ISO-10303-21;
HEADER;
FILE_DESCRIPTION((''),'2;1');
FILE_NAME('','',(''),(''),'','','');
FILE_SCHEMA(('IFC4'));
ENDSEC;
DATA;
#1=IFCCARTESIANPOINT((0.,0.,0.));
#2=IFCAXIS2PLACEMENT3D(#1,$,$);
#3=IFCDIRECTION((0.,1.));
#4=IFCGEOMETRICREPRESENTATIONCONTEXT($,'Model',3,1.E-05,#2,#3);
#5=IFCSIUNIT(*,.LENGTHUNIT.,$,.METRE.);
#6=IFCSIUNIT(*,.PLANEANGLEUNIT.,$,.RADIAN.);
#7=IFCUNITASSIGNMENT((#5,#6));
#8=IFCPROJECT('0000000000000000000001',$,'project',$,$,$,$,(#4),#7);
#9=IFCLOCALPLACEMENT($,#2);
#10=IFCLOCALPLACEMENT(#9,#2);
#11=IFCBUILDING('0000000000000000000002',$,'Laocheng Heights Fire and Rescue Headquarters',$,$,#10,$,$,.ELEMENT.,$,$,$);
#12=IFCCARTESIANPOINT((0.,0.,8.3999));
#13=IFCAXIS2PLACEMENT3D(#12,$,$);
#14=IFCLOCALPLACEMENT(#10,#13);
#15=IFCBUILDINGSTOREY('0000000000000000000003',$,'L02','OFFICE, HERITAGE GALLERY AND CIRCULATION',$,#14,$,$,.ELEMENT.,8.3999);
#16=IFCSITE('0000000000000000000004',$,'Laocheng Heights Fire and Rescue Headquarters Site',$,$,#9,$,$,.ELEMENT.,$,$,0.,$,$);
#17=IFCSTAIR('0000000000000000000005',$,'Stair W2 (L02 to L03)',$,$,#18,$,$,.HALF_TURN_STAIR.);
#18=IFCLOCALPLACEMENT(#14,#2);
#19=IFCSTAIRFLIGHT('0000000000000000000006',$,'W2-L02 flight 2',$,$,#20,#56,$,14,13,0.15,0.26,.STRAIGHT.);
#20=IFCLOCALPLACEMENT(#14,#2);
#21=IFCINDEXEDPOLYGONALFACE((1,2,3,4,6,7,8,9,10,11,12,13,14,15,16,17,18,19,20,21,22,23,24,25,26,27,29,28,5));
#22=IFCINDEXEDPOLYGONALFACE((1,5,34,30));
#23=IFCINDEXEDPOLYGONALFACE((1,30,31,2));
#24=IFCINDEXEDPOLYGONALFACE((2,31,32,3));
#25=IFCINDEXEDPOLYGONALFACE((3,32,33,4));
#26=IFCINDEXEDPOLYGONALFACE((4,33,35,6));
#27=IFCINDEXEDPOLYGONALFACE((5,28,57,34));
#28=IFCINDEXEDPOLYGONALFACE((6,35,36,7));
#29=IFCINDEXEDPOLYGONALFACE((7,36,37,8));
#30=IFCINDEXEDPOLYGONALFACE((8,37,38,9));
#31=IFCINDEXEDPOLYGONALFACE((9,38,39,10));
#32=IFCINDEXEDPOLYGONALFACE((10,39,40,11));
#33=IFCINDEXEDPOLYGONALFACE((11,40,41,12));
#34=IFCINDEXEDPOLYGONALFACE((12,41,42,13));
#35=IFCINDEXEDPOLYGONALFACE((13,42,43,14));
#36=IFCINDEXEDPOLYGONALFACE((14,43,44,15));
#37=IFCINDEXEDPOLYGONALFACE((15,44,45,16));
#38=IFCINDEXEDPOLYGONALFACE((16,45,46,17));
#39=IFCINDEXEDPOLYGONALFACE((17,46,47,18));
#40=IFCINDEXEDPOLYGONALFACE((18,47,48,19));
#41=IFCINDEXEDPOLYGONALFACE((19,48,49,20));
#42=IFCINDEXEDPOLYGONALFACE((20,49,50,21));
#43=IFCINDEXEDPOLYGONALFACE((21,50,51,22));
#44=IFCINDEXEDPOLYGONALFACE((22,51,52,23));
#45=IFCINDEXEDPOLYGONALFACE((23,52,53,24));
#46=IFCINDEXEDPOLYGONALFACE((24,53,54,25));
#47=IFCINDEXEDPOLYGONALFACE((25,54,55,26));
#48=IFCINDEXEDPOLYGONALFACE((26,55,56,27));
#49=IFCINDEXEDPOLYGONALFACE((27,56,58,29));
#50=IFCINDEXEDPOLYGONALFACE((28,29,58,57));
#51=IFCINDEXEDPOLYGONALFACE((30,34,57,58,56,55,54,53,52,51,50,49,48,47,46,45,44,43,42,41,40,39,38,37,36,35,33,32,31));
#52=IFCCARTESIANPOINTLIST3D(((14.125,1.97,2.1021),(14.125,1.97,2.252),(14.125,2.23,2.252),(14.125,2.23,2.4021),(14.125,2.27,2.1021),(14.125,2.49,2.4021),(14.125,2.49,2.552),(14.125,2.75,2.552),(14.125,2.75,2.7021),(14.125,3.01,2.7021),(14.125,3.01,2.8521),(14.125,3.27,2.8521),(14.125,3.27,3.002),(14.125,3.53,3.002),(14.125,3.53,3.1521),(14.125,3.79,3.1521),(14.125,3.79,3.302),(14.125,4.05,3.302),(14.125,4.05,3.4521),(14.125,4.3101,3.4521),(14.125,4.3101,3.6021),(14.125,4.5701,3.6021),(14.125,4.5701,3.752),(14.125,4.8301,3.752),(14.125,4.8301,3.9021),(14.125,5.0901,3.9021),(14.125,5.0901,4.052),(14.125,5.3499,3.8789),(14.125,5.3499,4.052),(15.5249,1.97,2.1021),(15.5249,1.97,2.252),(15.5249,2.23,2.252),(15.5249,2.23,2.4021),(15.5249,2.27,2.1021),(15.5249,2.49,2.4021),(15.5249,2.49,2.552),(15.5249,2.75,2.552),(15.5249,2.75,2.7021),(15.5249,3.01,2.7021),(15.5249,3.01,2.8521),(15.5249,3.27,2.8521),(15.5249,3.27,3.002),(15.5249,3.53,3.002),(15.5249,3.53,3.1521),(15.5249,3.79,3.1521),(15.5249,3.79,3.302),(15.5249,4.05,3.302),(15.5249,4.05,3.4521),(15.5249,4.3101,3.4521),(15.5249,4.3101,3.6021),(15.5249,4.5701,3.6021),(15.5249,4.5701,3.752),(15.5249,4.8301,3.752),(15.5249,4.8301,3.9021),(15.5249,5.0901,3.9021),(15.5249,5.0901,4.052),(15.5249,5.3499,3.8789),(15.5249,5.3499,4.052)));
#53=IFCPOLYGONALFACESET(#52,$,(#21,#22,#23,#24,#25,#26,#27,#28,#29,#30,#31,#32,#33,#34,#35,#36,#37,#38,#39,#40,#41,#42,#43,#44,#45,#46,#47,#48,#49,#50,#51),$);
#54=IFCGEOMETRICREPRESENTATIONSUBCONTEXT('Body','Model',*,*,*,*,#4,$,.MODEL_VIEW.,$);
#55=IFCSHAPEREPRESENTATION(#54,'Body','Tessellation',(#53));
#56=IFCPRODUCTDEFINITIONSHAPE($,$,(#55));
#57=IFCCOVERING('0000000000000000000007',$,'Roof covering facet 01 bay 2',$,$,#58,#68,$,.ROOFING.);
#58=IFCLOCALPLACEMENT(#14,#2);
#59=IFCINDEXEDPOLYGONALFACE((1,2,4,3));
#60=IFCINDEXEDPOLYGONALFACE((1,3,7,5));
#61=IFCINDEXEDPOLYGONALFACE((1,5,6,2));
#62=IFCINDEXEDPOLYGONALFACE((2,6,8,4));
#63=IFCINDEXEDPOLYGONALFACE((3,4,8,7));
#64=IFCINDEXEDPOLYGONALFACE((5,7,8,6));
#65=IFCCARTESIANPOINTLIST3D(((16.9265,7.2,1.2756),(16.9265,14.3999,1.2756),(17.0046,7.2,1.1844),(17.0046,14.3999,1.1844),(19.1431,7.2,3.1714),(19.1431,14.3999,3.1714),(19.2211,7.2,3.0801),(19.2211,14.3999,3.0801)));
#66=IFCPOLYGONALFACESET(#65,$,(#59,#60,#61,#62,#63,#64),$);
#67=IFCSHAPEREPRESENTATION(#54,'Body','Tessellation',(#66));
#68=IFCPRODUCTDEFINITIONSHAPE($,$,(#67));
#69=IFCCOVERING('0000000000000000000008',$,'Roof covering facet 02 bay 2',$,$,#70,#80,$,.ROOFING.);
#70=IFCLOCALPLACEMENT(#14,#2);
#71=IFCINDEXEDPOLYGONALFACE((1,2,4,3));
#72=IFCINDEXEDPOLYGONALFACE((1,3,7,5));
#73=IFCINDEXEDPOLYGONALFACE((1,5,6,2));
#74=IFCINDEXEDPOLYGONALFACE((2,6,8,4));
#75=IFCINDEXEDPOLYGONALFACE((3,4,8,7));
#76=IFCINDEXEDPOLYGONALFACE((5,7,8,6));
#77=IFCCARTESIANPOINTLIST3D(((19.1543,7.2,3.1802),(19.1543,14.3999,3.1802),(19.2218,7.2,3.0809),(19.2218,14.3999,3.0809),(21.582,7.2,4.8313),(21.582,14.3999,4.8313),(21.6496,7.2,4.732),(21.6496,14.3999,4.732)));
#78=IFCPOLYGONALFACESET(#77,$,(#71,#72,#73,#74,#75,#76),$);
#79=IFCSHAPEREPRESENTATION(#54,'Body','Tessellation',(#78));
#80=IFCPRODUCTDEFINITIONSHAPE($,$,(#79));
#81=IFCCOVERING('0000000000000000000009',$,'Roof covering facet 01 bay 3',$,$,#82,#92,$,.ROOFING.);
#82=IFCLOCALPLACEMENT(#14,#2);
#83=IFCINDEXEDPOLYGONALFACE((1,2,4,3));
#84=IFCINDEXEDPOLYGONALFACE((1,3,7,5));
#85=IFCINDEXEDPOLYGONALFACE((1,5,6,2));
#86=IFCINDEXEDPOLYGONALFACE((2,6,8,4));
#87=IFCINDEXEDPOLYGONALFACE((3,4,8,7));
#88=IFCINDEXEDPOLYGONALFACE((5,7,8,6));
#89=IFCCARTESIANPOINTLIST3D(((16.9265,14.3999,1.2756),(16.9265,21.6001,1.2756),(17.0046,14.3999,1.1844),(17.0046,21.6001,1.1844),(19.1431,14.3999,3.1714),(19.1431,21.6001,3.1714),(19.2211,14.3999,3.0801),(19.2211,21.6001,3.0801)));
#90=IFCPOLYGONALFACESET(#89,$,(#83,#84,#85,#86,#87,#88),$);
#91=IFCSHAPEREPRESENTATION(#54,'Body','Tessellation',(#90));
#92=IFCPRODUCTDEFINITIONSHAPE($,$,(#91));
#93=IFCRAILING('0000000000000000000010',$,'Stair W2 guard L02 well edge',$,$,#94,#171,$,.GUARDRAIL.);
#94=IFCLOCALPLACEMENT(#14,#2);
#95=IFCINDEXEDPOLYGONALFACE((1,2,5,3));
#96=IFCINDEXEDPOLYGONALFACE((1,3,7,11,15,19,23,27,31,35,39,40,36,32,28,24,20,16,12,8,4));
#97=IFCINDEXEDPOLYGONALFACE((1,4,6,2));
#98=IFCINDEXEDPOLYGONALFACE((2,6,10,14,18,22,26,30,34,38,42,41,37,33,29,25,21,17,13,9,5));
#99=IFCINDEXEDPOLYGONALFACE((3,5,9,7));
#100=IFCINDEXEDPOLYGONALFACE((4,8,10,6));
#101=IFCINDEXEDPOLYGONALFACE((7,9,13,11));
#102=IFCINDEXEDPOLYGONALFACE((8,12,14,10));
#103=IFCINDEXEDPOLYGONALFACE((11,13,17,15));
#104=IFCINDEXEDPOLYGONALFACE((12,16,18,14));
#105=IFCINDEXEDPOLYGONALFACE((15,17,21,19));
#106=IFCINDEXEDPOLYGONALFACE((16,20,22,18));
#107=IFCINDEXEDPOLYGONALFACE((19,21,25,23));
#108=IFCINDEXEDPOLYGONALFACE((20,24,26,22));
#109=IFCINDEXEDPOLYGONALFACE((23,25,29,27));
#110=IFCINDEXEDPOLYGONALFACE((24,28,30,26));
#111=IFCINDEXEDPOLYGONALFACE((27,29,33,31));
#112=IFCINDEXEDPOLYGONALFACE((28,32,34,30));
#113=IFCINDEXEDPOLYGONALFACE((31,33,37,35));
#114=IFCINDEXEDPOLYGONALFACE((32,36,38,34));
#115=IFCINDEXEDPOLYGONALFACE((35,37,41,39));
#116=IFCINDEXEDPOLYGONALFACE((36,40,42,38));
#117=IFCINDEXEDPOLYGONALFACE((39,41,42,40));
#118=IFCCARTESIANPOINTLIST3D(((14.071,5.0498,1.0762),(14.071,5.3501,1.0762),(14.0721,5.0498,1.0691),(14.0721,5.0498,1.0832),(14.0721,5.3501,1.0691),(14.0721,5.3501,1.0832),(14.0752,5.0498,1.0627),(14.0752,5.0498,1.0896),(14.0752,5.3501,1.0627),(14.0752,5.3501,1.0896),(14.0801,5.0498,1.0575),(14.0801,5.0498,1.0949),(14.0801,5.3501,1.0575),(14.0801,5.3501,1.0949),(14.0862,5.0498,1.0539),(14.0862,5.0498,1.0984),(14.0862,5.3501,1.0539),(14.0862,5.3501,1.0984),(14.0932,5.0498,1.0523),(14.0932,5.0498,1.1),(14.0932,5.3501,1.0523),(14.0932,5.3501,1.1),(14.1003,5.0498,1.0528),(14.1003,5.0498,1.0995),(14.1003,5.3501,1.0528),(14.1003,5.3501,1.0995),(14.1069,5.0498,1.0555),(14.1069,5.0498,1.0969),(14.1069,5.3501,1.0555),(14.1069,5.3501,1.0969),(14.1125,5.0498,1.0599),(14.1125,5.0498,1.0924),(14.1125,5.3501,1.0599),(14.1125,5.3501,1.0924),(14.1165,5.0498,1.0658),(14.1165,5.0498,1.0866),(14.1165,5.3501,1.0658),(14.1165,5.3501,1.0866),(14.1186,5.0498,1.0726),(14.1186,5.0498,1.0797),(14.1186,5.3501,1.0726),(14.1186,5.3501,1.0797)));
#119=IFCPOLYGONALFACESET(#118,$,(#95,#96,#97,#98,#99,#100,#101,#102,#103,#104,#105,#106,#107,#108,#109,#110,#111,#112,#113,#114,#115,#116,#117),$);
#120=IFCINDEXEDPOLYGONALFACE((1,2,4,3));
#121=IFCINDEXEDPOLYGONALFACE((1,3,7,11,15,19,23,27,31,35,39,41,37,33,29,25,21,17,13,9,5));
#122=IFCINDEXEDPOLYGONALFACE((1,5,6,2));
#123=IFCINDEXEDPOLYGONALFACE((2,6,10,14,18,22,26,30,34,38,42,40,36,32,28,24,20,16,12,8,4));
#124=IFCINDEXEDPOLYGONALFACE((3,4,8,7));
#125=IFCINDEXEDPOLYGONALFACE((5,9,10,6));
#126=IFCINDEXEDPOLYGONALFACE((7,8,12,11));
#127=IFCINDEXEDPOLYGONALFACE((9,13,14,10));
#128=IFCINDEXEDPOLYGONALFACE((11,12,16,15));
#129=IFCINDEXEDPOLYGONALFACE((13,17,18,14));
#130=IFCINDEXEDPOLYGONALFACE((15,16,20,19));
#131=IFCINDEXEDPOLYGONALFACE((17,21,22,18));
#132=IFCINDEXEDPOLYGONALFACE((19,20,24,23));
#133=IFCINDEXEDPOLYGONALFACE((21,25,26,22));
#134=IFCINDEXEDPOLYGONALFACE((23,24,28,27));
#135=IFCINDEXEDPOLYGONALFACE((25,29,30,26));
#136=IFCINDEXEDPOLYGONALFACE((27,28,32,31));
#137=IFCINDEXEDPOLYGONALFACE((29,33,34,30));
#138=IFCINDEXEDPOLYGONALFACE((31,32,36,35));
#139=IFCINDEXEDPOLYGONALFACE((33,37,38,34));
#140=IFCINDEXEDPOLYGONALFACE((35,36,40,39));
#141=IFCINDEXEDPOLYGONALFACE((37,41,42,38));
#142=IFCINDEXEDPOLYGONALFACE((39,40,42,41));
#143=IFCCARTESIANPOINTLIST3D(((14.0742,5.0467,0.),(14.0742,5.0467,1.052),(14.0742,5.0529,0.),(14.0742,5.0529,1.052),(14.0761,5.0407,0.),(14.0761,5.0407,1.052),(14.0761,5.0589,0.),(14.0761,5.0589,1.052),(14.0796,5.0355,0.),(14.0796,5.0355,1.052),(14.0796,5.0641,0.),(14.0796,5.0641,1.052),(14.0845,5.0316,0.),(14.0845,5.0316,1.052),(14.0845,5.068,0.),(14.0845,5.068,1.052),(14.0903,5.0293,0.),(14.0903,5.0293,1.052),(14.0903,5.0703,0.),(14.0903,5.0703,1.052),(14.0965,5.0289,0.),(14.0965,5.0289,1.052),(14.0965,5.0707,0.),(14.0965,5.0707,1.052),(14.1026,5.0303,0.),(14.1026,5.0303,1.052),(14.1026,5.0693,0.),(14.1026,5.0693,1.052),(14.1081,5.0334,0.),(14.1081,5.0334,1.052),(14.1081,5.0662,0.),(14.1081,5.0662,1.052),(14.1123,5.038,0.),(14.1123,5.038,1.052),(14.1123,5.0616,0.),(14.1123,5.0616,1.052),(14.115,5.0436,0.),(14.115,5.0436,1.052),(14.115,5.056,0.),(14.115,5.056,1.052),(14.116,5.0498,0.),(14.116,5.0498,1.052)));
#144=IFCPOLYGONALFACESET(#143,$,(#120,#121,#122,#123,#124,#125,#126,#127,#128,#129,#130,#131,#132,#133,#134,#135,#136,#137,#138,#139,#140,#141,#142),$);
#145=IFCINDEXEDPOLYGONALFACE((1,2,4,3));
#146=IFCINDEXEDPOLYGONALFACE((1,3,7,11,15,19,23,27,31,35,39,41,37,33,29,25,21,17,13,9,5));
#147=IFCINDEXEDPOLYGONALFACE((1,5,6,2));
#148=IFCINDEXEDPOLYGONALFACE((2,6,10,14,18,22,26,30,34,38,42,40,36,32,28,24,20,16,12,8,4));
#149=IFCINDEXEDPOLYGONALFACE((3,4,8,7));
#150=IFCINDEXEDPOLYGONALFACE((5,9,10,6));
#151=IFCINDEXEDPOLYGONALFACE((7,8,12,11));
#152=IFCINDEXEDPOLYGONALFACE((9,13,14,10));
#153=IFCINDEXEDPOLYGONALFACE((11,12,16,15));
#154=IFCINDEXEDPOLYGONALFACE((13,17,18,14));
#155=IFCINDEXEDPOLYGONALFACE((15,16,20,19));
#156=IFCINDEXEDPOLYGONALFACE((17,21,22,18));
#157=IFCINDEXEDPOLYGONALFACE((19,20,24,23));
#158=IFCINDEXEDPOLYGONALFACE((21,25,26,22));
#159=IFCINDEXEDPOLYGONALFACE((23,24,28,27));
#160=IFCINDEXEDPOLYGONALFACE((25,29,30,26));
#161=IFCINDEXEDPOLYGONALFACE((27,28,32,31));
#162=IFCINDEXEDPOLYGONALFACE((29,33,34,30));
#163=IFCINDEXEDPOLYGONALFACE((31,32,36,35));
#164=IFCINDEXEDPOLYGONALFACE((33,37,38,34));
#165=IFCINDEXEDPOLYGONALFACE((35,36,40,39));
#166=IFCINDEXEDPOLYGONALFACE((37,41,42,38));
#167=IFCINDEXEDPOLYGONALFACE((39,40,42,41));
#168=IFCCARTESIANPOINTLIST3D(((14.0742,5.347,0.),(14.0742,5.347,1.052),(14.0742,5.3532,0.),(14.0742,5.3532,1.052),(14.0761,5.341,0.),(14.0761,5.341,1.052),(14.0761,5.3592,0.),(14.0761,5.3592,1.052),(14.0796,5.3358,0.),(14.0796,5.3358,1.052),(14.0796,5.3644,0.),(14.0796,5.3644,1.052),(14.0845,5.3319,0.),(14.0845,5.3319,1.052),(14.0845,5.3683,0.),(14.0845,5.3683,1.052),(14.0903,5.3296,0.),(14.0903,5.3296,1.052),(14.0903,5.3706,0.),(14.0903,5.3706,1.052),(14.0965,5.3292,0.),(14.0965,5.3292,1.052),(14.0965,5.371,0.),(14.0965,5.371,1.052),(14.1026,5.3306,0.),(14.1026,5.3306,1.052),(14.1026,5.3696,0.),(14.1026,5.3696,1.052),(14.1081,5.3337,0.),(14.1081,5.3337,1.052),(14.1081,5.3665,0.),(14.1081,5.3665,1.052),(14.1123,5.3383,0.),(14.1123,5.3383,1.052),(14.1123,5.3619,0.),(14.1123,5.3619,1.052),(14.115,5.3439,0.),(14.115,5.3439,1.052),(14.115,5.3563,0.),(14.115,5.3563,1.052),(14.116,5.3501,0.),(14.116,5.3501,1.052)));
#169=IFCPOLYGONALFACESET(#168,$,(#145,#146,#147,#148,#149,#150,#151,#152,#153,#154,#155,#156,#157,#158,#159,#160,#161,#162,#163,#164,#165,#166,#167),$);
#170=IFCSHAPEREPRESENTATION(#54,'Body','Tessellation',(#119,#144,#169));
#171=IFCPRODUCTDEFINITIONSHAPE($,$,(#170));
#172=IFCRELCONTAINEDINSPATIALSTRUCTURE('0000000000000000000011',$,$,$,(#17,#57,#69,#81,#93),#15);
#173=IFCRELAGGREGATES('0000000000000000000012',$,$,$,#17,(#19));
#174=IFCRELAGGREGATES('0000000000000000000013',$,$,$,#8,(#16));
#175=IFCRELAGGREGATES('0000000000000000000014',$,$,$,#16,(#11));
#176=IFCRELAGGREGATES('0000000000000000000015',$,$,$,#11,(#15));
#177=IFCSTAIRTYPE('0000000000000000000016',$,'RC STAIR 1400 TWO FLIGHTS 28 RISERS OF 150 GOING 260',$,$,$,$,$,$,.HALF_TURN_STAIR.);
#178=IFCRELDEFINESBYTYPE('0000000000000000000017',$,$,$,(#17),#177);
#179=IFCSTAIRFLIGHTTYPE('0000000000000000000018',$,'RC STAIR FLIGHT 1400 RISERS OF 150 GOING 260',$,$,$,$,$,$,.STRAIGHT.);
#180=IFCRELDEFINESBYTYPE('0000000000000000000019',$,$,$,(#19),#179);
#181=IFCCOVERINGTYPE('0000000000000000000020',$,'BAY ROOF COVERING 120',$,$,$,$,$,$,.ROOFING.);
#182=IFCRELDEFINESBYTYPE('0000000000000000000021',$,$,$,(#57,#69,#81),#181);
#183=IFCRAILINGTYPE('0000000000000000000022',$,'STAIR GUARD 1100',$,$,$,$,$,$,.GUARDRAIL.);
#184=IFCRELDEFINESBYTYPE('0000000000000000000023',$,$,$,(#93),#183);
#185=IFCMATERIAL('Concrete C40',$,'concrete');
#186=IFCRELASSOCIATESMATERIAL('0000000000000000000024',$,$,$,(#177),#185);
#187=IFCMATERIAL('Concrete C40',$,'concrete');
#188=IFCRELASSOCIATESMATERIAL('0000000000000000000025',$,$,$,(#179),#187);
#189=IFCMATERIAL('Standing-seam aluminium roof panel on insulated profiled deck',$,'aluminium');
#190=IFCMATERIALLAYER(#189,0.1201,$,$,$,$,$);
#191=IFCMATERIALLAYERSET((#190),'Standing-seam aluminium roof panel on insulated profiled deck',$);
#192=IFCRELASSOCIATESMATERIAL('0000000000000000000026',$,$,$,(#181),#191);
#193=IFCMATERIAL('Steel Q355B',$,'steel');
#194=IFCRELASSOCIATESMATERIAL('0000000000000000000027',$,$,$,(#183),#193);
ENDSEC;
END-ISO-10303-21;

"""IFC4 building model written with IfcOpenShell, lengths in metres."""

from ifc_helpers import new_model, si_unit, direction, frame, origin, origin_2d, place, context, subcontext, project, spatial, polyline, circle, outline, extrude, material, layer, layer_set, type_object, element, aggregate, save


model = new_model("IFC4")

# Units and contexts
model_context = context("Model", 3, precision=1e-05, world=origin(), true_north=direction((0.0, 1.0)))
body_context = subcontext(model_context, "Body", "Model", "MODEL_VIEW")
ifc_project = project(units=[si_unit("LENGTHUNIT", "METRE"), si_unit("PLANEANGLEUNIT", "RADIAN")], contexts=[model_context])

# Site, building, storey
site_placement = place(None, origin())
site = spatial("IfcSite", under=ifc_project, at=site_placement, Name="Laocheng Heights Fire and Rescue Headquarters Site", CompositionType="ELEMENT", RefElevation=0.0)
building_placement = place(site_placement, origin())
building = spatial("IfcBuilding", under=site, at=building_placement, Name="Laocheng Heights Fire and Rescue Headquarters", CompositionType="ELEMENT")
storey_placement = place(building_placement, frame((0.0, 0.0, 8.3999)))
storey = spatial("IfcBuildingStorey", under=building, at=storey_placement, Name="L02", Description="OFFICE, HERITAGE GALLERY AND CIRCULATION", CompositionType="ELEMENT", Elevation=8.3999)

# Stair, stair flight
ifc_material_1 = material(Name="Concrete C40", Category="concrete")
stair_type = type_object("IfcStairType", Name="RC STAIR 1400 TWO FLIGHTS 28 RISERS OF 150 GOING 260", PredefinedType="HALF_TURN_STAIR", material=ifc_material_1)
stair_placement = place(storey_placement, origin())
stair = element("IfcStair", 1, at=stair_placement, inside=storey, type_object=stair_type, Name="Stair W2 (L02 to L03)", PredefinedType="HALF_TURN_STAIR")
ifc_material_2 = material(Name="Concrete C40", Category="concrete")
stair_flight_type = type_object("IfcStairFlightType", Name="RC STAIR FLIGHT 1400 RISERS OF 150 GOING 260", PredefinedType="STRAIGHT", material=ifc_material_2)
stair_flight_placement = place(storey_placement, frame((14.825, 1.97, 2.1021), z_axis=(0.0, 0.0, 1.0), x_axis=(0.0, 1.0, 0.0)))
stair_flight = element("IfcStairFlight", 2, at=stair_flight_placement, type_object=stair_flight_type, Name="W2-L02 flight 2", NumberOfRisers=14, NumberOfTreads=13, PredefinedType="STRAIGHT", RiserHeight=0.15, TreadLength=0.26, context=body_context, shape_type="SweptSolid", body=[
    extrude(outline(polyline([(0.0, 0.0), (0.0, 0.1499), (0.26, 0.1499), (0.26, 0.3), (0.52, 0.3), (0.52, 0.45), (0.78, 0.45), (0.78, 0.6001), (1.04, 0.6001), (1.04, 0.75), (1.3, 0.75), (1.3, 0.8999), (1.5601, 0.8999), (1.5601, 1.05), (1.8201, 1.05), (1.8201, 1.2), (2.0801, 1.2), (2.0801, 1.3501), (2.3401, 1.3501), (2.3401, 1.5), (2.6001, 1.5), (2.6001, 1.6499), (2.8601, 1.6499), (2.8601, 1.8), (3.1201, 1.8), (3.1201, 1.95), (3.3799, 1.95), (3.3799, 2.1001), (3.3799, 1.7769), (0.3, 0.0), (0.0, 0.0)])), frame((0.0, 0.7, 0.0), z_axis=(0.0, -1.0, 0.0), x_axis=(1.0, 0.0, 0.0)), (0.0, 0.0, 1.0), 1.3999),
])
aggregate(stair, [stair_flight])

# Coverings
ifc_material_3 = material(Name="Standing-seam aluminium roof panel on insulated profiled deck", Category="aluminium")
ifc_layer_1 = layer(ifc_material_3, 0.1201)
ifc_layer_set_1 = layer_set([ifc_layer_1], Name="Standing-seam aluminium roof panel on insulated profiled deck")
covering_type = type_object("IfcCoveringType", Name="BAY ROOF COVERING 120", PredefinedType="ROOFING", material=ifc_layer_set_1)
covering_1_placement = place(storey_placement, frame((16.9265, 7.2, 1.2756), z_axis=(-0.649971, 0.0, 0.759959), x_axis=(0.759959, 0.0, 0.649971)))
element("IfcCovering", 3, at=covering_1_placement, inside=storey, type_object=covering_type, Name="Roof covering facet 01 bay 2", PredefinedType="ROOFING", context=body_context, shape_type="SweptSolid", body=[
    extrude(outline(polyline([(0.0, 0.0), (2.9167, 0.0), (2.9167, 7.2), (0.0, 7.2), (0.0, 0.0)])), origin(), (0.0, 0.0, -1.0), 0.1201),
])
covering_2_placement = place(storey_placement, frame((19.1543, 7.2, 3.1802), z_axis=(-0.562371, 0.0, 0.826885), x_axis=(0.826885, 0.0, 0.562371)))
element("IfcCovering", 4, at=covering_2_placement, inside=storey, type_object=covering_type, Name="Roof covering facet 02 bay 2", PredefinedType="ROOFING", context=body_context, shape_type="SweptSolid", body=[
    extrude(outline(polyline([(0.0, 0.0), (2.936, 0.0), (2.936, 7.2), (0.0, 7.2), (0.0, 0.0)])), origin(), (0.0, 0.0, -1.0), 0.1201),
])
covering_3_placement = place(storey_placement, frame((16.9265, 14.3999, 1.2756), z_axis=(-0.649971, 0.0, 0.759959), x_axis=(0.759959, 0.0, 0.649971)))
element("IfcCovering", 5, at=covering_3_placement, inside=storey, type_object=covering_type, Name="Roof covering facet 01 bay 3", PredefinedType="ROOFING", context=body_context, shape_type="SweptSolid", body=[
    extrude(outline(polyline([(0.0, 0.0), (2.9167, 0.0), (2.9167, 7.2002), (0.0, 7.2002), (0.0, 0.0)])), origin(), (0.0, 0.0, -1.0), 0.1201),
])

# Railing
ifc_material_4 = material(Name="Steel Q355B", Category="steel")
railing_type_1 = type_object("IfcRailingType", Name="STAIR GUARD 1100", PredefinedType="GUARDRAIL", material=ifc_material_4)
railing_1_placement = place(storey_placement, frame((14.095, 5.0498, 0.0)))
element("IfcRailing", 6, at=railing_1_placement, inside=storey, type_object=railing_type_1, Name="Stair W2 guard L02 well edge", PredefinedType="GUARDRAIL", context=body_context, shape_type="SweptSolid", body=[
    extrude(circle(Radius=0.0239, at=origin_2d()), frame((0.0, 0.0, 1.0762), z_axis=(0.0, 1.0, 0.0), x_axis=(-1.0, 0.0, 0.0)), (0.0, 0.0, 1.0), 0.3003),
    extrude(circle(Radius=0.021, at=origin_2d()), origin(), (0.0, 0.0, 1.0), 1.052),
    extrude(circle(Radius=0.021, at=origin_2d()), frame((0.0, 0.3003, 0.0)), (0.0, 0.0, 1.0), 1.052),
])

save(model, "model.ifc")
